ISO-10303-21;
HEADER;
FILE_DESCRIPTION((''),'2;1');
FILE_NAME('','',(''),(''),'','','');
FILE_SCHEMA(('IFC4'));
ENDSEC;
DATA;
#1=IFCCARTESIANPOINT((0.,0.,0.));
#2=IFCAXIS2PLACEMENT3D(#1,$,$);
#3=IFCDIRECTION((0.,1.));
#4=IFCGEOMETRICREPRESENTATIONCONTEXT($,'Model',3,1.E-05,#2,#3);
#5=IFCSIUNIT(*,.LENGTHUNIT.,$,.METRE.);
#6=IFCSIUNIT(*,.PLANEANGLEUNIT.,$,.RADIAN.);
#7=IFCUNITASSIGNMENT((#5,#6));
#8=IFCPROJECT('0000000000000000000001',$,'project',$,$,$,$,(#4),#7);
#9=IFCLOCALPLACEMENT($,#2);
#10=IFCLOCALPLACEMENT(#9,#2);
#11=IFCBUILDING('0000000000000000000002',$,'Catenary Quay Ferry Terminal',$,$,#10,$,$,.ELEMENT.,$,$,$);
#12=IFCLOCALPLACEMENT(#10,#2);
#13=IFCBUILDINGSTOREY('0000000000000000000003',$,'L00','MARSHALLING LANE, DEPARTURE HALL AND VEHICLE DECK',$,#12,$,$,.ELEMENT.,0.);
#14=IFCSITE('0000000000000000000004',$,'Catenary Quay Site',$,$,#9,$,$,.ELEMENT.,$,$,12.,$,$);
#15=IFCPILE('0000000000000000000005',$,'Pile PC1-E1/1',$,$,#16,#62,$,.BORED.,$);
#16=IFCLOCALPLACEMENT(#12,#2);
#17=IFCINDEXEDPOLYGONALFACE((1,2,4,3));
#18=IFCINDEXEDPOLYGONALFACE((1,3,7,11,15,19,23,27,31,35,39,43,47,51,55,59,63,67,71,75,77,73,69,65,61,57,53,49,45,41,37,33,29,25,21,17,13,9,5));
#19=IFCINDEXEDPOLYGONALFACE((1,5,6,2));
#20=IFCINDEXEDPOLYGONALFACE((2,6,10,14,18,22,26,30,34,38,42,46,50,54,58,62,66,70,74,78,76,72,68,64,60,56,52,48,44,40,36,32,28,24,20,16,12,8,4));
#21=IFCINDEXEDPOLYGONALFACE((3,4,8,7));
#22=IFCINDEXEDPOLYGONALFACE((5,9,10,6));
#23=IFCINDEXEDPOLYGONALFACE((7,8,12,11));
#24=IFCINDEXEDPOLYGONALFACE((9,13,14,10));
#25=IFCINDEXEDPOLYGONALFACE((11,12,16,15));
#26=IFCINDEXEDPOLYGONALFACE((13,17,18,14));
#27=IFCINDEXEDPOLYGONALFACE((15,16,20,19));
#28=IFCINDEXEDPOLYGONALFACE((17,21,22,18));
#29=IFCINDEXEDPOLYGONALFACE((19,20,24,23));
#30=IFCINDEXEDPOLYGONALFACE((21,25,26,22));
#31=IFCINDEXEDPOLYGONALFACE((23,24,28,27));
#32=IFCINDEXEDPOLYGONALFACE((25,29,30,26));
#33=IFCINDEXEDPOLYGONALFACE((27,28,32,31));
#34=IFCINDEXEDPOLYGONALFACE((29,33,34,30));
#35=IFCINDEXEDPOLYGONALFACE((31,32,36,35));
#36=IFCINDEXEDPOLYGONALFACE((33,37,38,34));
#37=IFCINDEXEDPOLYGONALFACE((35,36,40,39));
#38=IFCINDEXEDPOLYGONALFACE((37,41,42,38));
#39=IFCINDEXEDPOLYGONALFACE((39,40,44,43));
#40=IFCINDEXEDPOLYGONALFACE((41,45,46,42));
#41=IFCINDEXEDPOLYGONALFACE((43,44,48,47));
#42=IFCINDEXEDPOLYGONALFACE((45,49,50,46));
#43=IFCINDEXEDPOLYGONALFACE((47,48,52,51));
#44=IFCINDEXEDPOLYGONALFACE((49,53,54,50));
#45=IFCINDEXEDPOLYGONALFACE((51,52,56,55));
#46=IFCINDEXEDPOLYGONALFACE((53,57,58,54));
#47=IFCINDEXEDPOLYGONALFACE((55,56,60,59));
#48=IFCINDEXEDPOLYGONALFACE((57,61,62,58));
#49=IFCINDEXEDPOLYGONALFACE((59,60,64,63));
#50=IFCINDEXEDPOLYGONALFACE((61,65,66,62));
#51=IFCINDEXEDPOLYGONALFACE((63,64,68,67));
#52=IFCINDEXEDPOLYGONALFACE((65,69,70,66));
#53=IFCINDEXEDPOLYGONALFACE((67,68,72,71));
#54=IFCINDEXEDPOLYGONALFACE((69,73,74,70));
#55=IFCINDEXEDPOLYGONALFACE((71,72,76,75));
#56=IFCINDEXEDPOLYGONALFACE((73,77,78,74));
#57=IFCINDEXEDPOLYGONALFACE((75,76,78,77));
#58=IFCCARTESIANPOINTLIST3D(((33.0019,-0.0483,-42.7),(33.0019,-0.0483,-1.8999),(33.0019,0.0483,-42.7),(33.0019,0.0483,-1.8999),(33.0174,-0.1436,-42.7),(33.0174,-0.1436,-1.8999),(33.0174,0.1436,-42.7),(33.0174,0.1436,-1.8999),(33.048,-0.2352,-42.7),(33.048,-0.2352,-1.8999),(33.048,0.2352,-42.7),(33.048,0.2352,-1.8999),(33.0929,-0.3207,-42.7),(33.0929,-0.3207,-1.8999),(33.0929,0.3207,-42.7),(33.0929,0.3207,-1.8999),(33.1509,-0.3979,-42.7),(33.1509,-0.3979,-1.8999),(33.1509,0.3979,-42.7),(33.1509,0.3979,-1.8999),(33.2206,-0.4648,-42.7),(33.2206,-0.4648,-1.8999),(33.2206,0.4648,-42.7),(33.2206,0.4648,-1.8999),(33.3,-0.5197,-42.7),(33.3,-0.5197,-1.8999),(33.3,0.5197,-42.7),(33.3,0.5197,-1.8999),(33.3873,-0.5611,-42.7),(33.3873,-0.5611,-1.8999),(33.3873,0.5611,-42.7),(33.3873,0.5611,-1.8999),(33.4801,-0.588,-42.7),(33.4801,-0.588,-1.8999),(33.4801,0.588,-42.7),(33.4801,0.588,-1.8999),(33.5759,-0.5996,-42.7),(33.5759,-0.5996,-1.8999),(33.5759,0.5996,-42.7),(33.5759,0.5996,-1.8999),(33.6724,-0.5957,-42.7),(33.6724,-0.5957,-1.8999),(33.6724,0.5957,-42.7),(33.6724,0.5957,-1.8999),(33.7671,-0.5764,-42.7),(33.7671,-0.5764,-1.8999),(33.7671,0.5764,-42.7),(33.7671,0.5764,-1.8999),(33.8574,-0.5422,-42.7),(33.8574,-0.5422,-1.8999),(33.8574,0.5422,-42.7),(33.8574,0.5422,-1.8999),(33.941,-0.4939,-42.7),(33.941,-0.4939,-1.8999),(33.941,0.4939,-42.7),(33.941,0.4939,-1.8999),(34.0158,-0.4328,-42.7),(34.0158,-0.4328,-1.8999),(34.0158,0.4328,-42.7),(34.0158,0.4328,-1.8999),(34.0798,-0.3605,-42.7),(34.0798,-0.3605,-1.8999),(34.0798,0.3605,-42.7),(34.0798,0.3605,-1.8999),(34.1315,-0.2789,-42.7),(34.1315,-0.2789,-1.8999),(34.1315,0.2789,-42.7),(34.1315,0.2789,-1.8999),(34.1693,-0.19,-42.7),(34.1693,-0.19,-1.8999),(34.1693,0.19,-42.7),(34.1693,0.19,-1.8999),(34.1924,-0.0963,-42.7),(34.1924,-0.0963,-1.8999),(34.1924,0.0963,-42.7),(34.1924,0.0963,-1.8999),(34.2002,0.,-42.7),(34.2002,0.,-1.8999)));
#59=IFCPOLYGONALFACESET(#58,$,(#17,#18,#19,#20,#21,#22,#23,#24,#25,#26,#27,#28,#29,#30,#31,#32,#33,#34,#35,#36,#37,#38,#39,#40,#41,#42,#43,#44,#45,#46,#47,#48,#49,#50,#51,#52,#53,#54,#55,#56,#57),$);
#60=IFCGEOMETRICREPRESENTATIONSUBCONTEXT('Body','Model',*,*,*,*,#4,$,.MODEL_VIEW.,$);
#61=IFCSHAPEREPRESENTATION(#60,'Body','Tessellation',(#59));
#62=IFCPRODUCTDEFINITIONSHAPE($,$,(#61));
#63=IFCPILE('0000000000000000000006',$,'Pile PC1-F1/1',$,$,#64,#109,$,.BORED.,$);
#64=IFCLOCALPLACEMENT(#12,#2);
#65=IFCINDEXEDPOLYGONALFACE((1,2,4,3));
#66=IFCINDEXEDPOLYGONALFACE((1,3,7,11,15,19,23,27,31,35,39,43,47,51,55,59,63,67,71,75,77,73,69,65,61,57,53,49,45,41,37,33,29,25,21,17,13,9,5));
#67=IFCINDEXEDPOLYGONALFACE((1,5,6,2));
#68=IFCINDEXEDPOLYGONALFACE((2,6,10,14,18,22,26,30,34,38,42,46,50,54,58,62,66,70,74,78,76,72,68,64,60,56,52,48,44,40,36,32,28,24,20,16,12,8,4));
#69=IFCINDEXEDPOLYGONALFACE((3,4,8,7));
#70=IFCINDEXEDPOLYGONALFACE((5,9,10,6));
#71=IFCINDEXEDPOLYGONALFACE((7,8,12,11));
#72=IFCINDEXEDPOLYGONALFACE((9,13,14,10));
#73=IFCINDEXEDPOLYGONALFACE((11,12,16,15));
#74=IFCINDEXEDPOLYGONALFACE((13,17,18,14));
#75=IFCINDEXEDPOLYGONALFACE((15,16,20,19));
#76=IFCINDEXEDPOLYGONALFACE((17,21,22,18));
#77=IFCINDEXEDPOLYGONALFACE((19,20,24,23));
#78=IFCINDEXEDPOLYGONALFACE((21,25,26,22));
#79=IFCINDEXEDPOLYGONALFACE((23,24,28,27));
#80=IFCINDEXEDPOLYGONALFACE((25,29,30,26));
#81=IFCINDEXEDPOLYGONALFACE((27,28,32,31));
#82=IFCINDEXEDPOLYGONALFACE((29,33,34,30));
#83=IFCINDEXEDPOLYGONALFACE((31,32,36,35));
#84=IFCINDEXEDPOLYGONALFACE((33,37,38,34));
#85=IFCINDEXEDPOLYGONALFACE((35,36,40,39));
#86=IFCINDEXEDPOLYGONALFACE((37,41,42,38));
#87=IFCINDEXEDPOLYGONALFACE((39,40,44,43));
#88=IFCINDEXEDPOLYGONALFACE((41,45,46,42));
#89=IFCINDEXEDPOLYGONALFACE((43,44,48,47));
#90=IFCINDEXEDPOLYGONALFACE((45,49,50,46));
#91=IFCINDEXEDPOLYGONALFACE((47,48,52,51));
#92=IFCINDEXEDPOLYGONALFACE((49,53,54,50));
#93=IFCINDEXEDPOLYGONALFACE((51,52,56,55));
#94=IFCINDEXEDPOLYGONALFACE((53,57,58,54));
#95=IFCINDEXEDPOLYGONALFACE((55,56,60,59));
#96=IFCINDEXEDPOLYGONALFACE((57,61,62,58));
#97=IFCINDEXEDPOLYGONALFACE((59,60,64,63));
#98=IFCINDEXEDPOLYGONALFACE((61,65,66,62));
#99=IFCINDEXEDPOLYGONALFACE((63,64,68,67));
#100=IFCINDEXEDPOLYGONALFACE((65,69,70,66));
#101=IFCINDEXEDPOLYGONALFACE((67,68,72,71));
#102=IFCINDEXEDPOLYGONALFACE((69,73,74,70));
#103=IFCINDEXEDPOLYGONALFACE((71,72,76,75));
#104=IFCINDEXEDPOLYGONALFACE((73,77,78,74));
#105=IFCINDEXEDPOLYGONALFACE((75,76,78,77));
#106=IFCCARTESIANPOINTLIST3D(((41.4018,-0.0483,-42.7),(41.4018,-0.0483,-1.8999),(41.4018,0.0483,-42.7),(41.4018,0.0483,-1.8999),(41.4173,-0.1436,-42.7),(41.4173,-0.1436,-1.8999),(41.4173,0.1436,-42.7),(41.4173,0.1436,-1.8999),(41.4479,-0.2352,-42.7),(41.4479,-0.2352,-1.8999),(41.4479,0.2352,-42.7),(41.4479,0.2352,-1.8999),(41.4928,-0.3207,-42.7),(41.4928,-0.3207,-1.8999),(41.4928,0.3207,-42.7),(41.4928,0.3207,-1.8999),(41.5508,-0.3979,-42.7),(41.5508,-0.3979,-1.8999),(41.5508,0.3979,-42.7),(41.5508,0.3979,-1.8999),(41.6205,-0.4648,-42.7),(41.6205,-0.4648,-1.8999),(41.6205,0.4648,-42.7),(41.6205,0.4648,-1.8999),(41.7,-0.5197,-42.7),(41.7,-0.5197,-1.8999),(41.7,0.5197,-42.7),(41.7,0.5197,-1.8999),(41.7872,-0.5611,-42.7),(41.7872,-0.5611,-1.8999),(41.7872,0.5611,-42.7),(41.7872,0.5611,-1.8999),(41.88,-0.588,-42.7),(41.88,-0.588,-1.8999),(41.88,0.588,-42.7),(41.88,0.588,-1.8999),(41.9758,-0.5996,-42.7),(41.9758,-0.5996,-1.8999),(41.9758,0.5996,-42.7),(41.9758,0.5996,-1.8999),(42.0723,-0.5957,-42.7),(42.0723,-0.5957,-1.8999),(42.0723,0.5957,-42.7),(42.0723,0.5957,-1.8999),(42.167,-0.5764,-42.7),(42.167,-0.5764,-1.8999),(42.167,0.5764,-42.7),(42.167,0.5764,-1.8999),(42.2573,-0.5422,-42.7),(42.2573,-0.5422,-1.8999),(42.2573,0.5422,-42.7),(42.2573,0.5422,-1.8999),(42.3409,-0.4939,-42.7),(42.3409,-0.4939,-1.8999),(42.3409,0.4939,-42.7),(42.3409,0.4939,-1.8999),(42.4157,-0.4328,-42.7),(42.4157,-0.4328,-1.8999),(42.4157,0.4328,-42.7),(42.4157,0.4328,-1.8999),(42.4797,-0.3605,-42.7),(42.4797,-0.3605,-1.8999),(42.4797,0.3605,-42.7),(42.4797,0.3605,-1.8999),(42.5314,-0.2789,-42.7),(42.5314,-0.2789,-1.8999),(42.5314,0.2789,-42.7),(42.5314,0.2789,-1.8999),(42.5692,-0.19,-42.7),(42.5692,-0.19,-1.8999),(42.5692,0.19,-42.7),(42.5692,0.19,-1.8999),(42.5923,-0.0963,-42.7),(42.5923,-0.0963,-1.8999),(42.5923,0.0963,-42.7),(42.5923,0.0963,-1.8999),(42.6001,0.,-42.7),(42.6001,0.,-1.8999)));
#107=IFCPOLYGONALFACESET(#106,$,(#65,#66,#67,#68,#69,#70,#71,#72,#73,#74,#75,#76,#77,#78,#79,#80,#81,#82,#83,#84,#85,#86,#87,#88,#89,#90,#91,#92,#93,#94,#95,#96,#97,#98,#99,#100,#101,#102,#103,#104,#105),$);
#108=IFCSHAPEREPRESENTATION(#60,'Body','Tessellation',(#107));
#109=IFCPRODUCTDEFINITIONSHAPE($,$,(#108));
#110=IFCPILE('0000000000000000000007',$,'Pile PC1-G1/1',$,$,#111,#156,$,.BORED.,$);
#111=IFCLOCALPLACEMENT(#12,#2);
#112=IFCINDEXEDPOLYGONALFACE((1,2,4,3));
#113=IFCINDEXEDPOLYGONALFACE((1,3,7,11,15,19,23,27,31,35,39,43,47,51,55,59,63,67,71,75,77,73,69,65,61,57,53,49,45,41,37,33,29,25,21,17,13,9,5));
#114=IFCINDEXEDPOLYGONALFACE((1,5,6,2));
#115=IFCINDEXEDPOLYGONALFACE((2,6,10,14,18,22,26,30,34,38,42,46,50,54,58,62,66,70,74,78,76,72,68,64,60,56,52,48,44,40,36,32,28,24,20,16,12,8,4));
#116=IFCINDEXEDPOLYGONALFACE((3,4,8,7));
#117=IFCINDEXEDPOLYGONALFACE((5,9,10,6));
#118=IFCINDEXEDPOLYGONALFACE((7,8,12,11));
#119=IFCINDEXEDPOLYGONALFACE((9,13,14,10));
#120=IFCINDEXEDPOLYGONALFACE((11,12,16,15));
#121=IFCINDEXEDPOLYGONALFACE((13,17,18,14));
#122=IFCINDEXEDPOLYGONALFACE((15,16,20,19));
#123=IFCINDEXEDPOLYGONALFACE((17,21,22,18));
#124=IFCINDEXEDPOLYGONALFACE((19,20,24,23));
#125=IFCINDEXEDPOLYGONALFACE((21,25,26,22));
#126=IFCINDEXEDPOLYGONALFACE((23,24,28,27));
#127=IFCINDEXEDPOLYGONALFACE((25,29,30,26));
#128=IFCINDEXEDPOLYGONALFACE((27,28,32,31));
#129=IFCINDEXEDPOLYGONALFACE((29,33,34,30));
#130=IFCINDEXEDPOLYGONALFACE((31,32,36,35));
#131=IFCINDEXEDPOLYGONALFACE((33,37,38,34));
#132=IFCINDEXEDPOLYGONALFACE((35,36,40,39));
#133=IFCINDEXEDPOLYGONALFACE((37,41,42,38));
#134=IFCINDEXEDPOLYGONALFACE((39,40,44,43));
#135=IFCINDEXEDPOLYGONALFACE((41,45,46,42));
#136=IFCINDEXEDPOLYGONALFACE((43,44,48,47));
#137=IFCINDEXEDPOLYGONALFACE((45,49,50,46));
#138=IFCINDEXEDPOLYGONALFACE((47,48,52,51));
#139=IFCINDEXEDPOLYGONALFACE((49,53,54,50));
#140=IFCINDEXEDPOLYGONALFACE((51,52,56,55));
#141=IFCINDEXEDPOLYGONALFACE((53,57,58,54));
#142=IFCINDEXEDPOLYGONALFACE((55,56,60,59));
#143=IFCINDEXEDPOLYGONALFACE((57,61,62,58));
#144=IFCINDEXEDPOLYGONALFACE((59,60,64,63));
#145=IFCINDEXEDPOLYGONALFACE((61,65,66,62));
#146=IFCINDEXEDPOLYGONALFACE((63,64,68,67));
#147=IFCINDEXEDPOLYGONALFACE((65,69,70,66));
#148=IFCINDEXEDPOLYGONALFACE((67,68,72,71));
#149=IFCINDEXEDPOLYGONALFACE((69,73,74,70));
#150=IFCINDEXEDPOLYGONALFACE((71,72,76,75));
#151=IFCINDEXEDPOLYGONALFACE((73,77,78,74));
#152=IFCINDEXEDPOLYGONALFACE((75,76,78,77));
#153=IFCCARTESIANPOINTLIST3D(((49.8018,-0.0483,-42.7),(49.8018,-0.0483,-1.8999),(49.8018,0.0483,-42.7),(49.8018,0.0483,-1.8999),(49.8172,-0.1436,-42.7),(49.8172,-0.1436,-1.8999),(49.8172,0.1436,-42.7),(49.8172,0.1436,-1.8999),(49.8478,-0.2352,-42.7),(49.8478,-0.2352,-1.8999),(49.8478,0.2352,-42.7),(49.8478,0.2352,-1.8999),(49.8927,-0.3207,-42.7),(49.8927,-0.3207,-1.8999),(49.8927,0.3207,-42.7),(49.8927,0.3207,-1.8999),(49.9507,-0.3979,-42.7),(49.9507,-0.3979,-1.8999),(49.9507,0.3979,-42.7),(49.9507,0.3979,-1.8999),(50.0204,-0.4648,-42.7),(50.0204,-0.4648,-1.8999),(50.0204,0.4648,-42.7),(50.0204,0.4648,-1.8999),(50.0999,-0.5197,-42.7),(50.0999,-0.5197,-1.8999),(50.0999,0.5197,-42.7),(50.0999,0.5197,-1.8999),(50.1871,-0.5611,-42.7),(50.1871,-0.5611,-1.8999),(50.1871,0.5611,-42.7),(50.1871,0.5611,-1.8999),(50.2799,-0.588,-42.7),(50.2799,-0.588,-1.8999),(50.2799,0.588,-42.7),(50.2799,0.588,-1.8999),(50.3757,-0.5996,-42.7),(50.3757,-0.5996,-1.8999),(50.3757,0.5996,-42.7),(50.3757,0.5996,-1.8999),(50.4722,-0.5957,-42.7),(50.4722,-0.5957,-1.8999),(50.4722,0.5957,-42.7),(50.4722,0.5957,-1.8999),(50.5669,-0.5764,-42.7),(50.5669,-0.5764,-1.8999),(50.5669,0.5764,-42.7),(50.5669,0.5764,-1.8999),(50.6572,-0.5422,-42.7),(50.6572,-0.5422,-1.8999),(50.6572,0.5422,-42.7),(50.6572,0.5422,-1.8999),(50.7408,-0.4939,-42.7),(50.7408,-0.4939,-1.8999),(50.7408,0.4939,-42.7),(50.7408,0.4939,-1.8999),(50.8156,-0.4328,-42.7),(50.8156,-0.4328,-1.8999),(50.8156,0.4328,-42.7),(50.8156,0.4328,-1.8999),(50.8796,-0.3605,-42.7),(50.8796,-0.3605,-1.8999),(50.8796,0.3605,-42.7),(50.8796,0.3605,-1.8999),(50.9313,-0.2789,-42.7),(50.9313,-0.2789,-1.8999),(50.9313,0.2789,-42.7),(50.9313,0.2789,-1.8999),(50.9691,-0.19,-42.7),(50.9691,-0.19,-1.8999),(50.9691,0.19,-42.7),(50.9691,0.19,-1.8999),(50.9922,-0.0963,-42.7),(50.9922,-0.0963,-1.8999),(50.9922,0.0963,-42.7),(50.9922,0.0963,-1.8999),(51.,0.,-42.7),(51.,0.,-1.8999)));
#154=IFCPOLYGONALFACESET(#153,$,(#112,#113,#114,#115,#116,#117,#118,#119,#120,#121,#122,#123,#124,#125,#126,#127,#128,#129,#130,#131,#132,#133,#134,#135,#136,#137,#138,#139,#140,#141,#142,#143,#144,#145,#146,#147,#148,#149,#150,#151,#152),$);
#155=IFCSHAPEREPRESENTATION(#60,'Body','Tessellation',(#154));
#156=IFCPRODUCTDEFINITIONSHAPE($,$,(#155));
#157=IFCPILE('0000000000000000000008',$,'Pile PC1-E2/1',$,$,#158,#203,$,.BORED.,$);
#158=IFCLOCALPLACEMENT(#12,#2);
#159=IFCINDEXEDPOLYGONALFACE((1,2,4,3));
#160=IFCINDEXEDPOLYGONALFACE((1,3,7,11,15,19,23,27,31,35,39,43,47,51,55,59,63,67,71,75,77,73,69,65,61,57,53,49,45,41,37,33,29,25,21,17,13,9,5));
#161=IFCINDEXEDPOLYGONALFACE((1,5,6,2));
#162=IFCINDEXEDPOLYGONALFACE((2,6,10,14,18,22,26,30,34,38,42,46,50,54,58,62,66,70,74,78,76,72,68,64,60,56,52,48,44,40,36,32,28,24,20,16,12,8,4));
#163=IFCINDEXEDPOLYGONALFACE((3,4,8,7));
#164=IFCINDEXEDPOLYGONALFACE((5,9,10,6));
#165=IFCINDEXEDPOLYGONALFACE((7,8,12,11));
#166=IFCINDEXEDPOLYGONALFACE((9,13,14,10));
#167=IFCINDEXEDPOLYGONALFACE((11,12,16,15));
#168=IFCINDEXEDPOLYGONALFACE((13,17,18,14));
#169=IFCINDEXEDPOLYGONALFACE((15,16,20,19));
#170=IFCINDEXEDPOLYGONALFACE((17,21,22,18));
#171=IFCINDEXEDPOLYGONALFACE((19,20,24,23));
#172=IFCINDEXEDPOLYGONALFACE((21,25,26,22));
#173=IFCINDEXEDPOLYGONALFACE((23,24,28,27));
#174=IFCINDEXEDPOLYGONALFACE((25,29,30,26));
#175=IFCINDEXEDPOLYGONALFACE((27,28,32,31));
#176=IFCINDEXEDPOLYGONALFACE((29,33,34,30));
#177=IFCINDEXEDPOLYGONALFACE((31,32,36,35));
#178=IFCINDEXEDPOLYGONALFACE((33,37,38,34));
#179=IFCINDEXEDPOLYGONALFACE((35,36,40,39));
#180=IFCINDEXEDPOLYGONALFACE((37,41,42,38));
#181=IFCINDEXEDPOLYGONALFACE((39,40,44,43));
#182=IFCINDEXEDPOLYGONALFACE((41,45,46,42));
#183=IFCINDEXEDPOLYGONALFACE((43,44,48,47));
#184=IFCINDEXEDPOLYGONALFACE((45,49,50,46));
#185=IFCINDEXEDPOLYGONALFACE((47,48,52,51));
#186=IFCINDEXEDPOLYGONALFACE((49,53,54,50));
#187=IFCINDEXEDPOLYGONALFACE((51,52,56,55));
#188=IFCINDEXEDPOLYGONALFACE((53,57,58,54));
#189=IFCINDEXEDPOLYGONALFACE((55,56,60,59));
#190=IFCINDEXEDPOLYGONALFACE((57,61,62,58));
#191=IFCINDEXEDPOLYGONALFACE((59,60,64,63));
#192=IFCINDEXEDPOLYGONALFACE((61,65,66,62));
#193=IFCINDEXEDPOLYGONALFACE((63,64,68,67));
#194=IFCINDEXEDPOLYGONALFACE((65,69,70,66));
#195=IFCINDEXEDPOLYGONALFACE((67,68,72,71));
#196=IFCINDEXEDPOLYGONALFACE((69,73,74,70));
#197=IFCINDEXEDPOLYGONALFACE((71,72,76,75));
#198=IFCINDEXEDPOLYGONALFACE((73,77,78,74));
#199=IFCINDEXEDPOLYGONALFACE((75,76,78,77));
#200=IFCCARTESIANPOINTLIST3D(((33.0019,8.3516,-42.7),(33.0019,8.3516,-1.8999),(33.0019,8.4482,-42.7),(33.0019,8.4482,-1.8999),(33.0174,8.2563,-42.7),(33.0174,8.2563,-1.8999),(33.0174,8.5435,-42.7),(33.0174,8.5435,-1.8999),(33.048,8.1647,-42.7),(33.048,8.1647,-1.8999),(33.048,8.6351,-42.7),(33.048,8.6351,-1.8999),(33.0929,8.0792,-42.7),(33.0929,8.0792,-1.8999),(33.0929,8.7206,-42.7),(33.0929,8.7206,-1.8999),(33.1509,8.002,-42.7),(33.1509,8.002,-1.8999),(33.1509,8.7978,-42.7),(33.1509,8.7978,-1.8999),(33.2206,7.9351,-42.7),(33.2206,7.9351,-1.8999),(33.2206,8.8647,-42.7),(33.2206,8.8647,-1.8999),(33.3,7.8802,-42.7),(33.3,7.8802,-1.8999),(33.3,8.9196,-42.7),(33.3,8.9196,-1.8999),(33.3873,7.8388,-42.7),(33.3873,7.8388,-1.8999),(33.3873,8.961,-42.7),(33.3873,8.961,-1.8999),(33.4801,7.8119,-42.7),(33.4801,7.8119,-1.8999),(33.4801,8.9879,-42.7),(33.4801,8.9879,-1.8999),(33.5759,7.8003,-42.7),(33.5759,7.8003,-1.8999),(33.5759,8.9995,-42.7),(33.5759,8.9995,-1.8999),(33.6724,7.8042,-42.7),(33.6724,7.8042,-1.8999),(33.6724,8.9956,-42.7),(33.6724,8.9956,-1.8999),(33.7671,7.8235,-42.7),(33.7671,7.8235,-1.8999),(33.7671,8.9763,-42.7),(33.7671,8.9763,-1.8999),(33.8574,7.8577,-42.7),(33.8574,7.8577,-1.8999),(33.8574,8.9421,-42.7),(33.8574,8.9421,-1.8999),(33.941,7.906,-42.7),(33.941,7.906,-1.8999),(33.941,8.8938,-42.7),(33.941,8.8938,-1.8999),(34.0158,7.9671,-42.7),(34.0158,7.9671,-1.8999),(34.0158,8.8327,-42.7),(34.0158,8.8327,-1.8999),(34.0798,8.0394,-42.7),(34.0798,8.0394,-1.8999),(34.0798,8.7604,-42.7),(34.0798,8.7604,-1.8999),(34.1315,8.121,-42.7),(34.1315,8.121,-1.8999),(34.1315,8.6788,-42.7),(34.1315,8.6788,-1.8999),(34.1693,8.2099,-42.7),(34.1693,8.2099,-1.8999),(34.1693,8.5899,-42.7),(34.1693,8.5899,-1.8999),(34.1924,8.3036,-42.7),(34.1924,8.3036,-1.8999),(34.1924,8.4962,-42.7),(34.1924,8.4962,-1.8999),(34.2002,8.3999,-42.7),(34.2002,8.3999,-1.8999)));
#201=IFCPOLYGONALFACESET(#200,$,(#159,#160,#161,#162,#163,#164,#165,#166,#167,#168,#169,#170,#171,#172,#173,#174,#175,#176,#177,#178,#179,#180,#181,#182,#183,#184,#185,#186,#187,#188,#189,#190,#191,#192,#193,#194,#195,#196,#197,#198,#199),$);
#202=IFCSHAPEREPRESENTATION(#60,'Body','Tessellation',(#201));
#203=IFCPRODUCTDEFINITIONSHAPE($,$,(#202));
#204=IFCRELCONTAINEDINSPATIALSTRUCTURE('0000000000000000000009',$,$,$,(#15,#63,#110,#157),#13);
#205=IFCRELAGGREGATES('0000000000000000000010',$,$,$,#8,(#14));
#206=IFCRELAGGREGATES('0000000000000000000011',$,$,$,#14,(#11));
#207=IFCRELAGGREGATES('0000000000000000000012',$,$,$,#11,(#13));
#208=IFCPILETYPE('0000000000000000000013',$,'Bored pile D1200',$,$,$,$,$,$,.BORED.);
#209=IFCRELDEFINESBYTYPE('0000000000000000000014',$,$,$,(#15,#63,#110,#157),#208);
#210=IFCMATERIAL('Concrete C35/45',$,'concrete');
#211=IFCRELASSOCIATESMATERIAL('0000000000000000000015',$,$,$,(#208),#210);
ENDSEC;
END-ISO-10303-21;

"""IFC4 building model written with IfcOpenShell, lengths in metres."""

from ifc_helpers import new_model, si_unit, direction, frame, origin, origin_2d, place, context, subcontext, project, spatial, circle, extrude, material, material_profile, profile_set, type_object, element, save


model = new_model("IFC4")

# Units and contexts
model_context = context("Model", 3, precision=1e-05, world=origin(), true_north=direction((0.0, 1.0)))
body_context = subcontext(model_context, "Body", "Model", "MODEL_VIEW")
ifc_project = project(units=[si_unit("LENGTHUNIT", "METRE"), si_unit("PLANEANGLEUNIT", "RADIAN")], contexts=[model_context])

# Site, building, storey
site_placement = place(None, origin())
site = spatial("IfcSite", under=ifc_project, at=site_placement, Name="Catenary Quay Site", CompositionType="ELEMENT", RefElevation=12.0)
building_placement = place(site_placement, origin())
building = spatial("IfcBuilding", under=site, at=building_placement, Name="Catenary Quay Ferry Terminal", CompositionType="ELEMENT")
storey_placement = place(building_placement, origin())
storey = spatial("IfcBuildingStorey", under=building, at=storey_placement, Name="L00", Description="MARSHALLING LANE, DEPARTURE HALL AND VEHICLE DECK", CompositionType="ELEMENT", Elevation=0.0)

# Piles
ifc_material_1 = material(Name="Concrete C35/45", Category="concrete")
ifc_material_profile_1 = material_profile(ifc_material_1, circle(Radius=0.6001, at=origin_2d()), Name="D1200")
ifc_profile_set_1 = profile_set([ifc_material_profile_1], Name="Concrete C35/45")
pile_type = type_object("IfcPileType", Name="Bored pile D1200", PredefinedType="BORED", material=ifc_profile_set_1)
for number, where, z_axis, x_axis, name in (
    (1, (33.6001, 0.0, -1.8999), (0.0, 0.0, -1.0), (1.0, 0.0, 0.0), "Pile PC1-E1/1"),
    (2, (42.0, 0.0, -1.8999), (0.0, 0.0, -1.0), (1.0, 0.0, 0.0), "Pile PC1-F1/1"),
    (3, (50.3999, 0.0, -1.8999), (0.0, 0.0, -1.0), (1.0, 0.0, 0.0), "Pile PC1-G1/1"),
    (4, (33.6001, 8.3999, -1.8999), (0.0, 0.0, -1.0), (1.0, 0.0, 0.0), "Pile PC1-E2/1"),
):
    element("IfcPile", number, at=place(storey_placement, frame(where, z_axis=z_axis, x_axis=x_axis)), inside=storey, type_object=pile_type, Name=name, PredefinedType="BORED", context=body_context, shape_type="SweptSolid", body=[
        extrude(circle(Radius=0.6001, at=origin_2d()), origin(), (0.0, 0.0, 1.0), 40.8),
    ])

save(model, "model.ifc")
